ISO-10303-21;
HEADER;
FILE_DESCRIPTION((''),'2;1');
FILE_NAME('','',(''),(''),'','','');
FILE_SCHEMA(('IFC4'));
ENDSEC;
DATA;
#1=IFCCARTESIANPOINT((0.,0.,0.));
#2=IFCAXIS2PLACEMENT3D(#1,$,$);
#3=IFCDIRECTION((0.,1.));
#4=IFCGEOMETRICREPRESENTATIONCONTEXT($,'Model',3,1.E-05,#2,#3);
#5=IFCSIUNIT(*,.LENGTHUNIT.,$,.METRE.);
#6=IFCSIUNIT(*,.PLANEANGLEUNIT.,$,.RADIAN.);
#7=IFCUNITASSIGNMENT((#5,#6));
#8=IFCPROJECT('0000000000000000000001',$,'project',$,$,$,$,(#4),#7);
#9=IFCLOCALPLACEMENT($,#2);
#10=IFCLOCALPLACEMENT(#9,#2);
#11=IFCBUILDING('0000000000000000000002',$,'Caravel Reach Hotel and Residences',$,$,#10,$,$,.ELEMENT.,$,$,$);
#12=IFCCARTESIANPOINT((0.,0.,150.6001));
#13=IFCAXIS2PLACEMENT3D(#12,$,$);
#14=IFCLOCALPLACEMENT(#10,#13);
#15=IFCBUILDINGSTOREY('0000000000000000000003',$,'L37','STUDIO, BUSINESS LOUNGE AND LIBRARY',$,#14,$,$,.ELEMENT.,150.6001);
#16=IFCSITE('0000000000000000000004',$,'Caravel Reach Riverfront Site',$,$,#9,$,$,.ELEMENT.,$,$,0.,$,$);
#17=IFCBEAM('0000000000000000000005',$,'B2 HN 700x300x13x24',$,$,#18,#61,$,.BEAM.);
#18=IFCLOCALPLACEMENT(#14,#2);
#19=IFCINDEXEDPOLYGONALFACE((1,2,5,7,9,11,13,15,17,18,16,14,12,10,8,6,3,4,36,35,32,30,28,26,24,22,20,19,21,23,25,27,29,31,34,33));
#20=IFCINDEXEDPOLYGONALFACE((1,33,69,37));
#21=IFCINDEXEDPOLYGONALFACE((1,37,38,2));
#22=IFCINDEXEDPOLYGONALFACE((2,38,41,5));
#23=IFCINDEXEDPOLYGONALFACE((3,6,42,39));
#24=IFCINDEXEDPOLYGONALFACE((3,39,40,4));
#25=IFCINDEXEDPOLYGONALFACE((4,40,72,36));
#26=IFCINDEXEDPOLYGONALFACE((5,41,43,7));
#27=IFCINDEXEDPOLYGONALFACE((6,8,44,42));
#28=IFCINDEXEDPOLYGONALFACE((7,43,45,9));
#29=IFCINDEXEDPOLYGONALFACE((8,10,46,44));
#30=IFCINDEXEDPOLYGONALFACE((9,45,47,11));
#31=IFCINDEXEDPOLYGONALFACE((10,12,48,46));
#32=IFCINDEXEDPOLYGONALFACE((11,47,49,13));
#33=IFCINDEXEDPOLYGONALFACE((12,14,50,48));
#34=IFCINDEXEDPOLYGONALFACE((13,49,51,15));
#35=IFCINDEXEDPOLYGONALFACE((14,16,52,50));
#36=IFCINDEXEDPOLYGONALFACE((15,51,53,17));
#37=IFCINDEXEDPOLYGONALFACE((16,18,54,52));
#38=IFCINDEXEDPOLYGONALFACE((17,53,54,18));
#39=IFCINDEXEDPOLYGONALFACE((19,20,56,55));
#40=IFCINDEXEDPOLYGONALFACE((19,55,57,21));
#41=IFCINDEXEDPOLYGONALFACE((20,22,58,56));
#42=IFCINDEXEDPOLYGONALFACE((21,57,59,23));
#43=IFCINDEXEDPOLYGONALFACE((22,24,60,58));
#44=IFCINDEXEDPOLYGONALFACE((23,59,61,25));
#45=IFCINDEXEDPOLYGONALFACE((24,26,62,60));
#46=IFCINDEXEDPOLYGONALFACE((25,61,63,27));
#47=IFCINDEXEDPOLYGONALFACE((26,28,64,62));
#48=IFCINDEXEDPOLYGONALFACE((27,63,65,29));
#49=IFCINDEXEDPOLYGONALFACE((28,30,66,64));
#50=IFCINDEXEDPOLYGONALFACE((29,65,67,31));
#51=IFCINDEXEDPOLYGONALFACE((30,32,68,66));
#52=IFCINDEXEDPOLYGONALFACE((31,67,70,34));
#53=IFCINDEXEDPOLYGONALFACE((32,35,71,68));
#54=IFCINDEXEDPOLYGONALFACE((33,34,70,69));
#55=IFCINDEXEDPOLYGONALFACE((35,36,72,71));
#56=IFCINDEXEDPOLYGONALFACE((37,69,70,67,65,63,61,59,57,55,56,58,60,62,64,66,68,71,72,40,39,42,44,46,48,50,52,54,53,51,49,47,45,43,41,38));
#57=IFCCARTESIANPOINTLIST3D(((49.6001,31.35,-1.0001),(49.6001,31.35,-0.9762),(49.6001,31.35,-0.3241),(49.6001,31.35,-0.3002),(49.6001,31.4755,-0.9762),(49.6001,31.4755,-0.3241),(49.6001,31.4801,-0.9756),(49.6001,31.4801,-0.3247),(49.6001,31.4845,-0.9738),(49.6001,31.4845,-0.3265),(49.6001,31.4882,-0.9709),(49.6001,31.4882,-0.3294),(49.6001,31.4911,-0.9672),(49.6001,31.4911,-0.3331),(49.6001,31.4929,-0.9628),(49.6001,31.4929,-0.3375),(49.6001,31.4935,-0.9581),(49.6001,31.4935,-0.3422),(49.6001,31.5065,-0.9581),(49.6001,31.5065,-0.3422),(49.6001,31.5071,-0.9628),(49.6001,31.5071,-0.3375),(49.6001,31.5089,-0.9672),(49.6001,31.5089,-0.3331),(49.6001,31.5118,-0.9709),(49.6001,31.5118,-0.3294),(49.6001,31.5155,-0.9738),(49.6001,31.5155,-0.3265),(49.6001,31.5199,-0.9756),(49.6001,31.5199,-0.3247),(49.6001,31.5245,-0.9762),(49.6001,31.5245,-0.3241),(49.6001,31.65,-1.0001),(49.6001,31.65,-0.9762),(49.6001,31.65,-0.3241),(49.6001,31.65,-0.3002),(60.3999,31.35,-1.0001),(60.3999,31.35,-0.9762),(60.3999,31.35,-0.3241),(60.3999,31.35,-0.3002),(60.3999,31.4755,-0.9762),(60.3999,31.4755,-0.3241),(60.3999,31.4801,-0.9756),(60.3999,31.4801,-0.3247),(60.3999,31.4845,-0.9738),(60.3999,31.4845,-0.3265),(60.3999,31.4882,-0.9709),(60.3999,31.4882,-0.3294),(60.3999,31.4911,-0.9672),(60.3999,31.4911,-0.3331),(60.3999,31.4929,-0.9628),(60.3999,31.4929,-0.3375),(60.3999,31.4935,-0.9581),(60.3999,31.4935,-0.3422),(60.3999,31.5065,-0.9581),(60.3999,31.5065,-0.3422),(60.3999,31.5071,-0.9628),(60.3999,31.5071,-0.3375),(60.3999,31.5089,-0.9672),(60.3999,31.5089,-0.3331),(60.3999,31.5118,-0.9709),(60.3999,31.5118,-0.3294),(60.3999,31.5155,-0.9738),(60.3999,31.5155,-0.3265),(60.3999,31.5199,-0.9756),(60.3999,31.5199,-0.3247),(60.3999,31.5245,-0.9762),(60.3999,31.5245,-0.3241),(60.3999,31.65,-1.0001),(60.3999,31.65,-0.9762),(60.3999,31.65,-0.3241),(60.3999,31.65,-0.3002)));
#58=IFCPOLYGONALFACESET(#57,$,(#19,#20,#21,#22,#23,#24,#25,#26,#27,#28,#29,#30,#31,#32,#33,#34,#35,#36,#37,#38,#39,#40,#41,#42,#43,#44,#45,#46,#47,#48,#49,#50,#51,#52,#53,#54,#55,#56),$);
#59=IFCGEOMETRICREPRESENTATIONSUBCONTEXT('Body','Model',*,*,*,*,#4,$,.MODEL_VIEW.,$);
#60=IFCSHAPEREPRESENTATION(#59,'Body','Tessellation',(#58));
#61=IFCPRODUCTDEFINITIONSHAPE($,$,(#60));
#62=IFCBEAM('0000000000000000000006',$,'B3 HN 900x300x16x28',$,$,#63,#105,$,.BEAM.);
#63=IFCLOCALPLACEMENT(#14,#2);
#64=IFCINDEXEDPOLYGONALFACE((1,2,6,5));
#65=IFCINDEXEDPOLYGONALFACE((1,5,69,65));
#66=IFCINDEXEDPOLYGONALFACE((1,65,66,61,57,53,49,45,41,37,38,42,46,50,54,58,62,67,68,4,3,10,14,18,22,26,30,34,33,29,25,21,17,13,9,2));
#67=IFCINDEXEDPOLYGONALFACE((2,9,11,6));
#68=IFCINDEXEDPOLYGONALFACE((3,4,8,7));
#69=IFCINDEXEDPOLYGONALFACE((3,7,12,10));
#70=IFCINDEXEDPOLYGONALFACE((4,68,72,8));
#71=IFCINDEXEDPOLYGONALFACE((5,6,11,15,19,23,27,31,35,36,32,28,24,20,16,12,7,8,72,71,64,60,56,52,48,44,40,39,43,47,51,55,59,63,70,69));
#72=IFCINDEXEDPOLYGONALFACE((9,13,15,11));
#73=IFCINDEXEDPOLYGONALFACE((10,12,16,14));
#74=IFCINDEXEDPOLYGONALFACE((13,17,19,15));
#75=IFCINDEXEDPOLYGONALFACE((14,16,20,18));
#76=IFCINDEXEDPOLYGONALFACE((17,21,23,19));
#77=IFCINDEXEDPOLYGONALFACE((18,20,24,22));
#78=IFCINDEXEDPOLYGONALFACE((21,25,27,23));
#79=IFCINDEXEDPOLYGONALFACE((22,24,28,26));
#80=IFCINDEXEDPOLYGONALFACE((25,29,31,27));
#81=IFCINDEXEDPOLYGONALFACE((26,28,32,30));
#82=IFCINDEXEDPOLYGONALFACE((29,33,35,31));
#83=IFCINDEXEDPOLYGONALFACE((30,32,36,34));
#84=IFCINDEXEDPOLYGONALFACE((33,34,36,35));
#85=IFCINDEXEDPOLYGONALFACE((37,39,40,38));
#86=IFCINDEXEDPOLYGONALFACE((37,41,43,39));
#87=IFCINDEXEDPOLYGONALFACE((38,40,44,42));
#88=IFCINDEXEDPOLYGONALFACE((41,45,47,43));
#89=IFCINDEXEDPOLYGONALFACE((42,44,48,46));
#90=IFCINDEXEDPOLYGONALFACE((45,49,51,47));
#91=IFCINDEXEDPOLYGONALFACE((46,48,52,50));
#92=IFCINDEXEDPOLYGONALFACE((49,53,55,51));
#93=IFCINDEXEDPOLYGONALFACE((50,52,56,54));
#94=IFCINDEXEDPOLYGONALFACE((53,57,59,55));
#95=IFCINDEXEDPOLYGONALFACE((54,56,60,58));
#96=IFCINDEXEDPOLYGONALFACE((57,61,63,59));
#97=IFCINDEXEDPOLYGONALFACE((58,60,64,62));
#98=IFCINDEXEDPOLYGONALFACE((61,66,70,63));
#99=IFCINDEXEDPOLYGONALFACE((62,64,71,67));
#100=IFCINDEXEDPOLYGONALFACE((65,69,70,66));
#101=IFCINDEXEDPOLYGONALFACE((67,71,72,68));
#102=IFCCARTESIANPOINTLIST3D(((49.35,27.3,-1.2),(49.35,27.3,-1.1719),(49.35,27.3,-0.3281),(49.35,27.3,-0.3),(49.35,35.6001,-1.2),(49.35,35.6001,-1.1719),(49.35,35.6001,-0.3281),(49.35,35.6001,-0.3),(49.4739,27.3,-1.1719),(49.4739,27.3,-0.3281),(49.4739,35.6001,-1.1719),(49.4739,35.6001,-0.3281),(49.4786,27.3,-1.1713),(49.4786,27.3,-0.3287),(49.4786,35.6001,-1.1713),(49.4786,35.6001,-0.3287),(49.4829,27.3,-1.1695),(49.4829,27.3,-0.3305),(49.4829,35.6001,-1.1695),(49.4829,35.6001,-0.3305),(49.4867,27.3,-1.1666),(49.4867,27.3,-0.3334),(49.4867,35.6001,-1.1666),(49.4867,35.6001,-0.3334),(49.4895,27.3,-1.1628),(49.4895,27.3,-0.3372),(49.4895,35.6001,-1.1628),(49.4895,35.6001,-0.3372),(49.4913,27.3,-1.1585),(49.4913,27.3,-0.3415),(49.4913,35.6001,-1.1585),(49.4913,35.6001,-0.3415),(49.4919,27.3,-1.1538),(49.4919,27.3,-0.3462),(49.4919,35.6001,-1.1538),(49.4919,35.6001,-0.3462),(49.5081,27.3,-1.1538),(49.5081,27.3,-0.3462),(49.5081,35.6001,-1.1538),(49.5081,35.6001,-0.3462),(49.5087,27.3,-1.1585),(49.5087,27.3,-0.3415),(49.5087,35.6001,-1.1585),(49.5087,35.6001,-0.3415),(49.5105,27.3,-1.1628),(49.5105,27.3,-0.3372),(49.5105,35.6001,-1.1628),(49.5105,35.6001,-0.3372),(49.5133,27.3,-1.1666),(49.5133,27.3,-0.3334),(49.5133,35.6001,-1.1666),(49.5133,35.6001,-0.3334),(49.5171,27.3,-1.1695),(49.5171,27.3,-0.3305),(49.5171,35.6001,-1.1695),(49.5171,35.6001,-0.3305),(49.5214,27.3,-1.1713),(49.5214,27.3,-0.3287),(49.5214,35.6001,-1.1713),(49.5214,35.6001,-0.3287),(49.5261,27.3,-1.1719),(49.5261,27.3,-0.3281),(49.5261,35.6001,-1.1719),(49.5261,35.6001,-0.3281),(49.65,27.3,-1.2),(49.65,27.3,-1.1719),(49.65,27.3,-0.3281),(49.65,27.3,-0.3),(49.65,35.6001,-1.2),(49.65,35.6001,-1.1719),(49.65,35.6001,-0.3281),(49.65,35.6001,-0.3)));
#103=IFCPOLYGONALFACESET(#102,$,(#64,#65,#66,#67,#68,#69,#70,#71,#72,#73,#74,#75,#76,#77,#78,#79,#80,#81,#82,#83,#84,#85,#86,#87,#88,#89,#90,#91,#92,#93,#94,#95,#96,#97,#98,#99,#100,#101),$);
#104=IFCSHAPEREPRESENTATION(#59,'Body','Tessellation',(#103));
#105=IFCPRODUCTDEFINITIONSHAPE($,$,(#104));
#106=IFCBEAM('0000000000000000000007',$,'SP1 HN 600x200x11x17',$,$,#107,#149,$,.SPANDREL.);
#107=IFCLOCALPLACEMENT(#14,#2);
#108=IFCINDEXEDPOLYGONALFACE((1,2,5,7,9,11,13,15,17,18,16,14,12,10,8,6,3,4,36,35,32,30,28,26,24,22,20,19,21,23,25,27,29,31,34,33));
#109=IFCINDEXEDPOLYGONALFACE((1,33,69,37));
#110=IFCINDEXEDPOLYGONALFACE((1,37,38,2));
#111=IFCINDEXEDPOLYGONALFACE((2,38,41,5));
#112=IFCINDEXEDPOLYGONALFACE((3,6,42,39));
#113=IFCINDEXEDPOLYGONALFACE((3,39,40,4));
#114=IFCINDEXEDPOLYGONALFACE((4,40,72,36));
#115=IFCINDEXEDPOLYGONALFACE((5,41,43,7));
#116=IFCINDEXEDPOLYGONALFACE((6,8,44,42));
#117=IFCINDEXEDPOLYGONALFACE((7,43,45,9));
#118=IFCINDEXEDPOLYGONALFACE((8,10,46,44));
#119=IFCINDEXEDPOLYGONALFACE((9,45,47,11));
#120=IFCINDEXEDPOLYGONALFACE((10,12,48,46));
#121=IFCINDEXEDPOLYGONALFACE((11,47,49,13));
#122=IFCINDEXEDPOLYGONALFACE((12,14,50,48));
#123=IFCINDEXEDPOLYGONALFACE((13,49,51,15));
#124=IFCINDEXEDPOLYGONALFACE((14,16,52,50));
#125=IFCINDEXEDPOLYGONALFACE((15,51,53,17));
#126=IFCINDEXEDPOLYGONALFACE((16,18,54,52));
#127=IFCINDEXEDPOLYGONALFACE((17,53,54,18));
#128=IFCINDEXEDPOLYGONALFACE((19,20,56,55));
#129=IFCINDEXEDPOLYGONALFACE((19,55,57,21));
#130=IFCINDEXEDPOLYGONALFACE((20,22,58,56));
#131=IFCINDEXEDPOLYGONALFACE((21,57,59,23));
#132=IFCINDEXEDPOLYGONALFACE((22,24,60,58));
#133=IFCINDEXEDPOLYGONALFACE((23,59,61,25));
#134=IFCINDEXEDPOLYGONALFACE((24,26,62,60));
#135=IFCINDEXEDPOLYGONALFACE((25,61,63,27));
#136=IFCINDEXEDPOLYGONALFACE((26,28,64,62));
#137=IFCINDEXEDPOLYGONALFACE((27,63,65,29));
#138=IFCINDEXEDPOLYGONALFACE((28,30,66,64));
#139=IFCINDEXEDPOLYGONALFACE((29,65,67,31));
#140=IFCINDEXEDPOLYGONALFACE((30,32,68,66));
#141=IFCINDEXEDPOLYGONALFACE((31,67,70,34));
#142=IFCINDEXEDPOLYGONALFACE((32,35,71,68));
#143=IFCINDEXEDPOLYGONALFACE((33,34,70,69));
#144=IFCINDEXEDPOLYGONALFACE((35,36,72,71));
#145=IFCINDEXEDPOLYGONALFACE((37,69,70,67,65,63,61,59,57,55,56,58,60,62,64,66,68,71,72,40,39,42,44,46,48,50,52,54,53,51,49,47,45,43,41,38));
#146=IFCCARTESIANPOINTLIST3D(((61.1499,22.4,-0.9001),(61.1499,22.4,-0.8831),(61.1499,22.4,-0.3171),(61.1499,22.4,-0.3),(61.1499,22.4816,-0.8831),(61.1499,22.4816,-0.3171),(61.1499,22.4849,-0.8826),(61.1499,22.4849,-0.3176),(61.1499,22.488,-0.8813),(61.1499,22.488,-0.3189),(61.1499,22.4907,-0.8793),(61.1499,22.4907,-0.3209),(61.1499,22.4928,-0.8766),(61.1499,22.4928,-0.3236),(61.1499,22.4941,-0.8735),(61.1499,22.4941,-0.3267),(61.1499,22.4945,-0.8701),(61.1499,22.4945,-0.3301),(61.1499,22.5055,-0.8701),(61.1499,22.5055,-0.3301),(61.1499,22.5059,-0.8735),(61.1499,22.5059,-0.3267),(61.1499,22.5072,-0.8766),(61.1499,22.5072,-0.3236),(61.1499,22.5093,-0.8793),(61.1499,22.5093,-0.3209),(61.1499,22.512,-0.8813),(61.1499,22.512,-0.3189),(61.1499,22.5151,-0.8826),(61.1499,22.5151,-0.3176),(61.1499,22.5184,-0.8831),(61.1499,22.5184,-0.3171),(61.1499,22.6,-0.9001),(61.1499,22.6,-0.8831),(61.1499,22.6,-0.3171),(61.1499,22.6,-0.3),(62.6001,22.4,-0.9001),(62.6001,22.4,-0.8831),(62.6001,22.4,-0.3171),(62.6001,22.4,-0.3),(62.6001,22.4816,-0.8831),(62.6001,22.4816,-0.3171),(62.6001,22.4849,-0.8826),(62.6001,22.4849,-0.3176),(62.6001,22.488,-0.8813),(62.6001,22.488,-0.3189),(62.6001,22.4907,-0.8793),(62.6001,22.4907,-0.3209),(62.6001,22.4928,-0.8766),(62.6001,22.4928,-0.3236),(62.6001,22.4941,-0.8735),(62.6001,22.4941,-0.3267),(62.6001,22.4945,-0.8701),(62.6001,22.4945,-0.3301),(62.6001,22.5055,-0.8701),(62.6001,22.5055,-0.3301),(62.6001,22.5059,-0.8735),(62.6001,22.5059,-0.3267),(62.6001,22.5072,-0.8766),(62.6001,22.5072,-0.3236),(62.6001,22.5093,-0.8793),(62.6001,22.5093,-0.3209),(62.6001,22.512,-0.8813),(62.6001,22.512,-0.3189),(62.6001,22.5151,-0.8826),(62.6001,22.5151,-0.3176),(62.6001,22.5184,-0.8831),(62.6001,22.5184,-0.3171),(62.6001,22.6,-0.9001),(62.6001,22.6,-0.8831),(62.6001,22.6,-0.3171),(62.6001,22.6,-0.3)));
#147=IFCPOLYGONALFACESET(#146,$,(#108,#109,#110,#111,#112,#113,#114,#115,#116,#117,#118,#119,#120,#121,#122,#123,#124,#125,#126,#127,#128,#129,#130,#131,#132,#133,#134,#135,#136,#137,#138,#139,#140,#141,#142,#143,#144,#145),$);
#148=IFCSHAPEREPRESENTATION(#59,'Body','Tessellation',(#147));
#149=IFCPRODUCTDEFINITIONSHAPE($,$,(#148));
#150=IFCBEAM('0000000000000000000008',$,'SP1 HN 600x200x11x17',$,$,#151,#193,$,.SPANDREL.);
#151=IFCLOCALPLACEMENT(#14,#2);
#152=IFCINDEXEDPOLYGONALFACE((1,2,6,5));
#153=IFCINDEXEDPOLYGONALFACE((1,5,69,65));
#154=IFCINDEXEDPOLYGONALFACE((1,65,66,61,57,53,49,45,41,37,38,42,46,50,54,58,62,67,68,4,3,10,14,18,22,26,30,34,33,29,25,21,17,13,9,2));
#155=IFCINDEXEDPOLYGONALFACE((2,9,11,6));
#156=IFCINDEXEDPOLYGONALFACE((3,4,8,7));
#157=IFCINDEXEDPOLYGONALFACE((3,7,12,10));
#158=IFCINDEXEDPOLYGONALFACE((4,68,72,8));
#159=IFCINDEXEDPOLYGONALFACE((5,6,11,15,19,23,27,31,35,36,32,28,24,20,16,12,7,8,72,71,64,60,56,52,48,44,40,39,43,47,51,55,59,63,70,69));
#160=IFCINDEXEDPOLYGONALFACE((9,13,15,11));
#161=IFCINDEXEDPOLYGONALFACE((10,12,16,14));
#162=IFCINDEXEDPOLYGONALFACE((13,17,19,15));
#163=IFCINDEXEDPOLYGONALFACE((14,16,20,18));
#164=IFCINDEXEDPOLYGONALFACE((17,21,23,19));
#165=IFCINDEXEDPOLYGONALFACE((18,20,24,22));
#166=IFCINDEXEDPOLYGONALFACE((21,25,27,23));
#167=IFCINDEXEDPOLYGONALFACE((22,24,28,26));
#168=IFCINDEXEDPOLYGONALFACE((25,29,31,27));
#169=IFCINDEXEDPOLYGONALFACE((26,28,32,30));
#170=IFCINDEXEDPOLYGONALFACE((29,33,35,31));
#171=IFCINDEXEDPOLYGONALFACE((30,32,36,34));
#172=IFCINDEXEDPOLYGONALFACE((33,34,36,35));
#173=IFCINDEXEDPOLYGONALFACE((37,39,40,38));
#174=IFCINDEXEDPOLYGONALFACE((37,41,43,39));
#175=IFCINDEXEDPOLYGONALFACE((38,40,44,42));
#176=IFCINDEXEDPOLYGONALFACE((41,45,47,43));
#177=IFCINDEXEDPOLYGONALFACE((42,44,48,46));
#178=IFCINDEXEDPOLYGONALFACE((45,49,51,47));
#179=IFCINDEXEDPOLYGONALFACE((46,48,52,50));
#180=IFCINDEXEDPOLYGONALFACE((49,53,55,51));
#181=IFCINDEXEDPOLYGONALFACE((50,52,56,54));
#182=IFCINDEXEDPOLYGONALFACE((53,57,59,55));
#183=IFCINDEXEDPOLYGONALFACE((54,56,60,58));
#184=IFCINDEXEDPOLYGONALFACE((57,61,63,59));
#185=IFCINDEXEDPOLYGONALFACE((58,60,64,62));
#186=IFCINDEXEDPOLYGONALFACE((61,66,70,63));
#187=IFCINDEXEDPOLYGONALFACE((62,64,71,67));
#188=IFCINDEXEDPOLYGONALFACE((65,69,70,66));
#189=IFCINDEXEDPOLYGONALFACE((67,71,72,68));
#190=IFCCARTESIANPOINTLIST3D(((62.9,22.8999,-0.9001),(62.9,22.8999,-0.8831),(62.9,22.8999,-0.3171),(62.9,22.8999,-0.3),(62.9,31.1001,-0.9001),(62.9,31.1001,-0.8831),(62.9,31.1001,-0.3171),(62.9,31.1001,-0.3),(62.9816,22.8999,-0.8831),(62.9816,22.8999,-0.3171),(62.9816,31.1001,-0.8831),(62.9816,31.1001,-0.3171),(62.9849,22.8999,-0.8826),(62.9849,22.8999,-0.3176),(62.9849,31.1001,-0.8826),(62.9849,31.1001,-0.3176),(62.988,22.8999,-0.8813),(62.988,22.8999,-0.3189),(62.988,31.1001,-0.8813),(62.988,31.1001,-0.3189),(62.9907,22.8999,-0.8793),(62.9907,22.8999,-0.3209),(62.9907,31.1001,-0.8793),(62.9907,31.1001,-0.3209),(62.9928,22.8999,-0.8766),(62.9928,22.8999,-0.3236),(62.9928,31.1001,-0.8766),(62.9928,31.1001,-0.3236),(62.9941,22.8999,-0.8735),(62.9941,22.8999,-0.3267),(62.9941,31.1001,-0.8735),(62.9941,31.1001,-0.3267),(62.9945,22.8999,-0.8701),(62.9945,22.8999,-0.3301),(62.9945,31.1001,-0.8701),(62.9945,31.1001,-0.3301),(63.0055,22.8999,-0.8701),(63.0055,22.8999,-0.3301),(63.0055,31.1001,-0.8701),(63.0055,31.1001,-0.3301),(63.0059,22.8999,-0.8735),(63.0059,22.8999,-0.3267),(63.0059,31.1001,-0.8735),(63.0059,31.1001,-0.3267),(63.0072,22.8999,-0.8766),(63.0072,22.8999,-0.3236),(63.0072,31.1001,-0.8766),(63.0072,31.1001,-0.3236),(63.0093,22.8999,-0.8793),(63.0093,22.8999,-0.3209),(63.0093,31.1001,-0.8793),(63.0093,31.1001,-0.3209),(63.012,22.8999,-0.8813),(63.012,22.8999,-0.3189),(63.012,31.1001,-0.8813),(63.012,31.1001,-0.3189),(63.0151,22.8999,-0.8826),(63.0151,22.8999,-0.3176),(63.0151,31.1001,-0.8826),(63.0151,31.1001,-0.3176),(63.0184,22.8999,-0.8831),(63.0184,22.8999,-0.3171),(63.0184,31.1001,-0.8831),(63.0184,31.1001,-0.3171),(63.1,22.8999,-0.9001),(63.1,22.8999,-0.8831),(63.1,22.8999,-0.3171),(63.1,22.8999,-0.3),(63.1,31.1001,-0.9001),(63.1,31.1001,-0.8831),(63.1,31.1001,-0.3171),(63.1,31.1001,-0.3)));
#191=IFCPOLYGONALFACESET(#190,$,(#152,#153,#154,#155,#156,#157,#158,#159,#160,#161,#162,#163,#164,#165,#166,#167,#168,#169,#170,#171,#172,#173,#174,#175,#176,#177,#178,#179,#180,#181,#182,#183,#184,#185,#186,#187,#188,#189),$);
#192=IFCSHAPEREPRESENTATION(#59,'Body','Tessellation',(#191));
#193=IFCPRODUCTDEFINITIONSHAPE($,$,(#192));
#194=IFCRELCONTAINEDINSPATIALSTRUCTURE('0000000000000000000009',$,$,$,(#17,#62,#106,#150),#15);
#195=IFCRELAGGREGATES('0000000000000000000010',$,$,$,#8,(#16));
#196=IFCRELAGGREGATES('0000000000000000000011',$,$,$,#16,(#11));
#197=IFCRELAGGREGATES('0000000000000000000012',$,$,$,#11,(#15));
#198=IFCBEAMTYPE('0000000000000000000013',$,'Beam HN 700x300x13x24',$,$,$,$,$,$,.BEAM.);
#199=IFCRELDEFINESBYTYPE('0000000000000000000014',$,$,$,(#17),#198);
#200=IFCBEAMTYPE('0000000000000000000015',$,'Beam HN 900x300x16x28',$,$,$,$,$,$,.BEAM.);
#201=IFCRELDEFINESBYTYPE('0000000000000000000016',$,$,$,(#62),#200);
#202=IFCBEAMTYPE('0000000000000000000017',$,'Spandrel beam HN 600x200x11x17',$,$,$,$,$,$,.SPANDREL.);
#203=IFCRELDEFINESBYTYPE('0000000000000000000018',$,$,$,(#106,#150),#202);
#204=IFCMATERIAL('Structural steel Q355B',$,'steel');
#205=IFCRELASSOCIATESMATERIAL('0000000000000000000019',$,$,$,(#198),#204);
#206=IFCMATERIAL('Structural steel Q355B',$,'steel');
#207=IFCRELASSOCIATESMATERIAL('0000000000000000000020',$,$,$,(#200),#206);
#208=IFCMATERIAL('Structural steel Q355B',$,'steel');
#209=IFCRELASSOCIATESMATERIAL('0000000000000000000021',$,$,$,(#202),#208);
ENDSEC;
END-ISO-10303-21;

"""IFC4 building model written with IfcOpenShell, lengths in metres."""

from ifc_helpers import new_model, si_unit, direction, frame, origin, origin_2d, place, context, subcontext, project, spatial, i_section, extrude, material, material_profile, profile_set, type_object, element, save


model = new_model("IFC4")

# Units and contexts
model_context = context("Model", 3, precision=1e-05, world=origin(), true_north=direction((0.0, 1.0)))
body_context = subcontext(model_context, "Body", "Model", "MODEL_VIEW")
ifc_project = project(units=[si_unit("LENGTHUNIT", "METRE"), si_unit("PLANEANGLEUNIT", "RADIAN")], contexts=[model_context])

# Site, building, storey
site_placement = place(None, origin())
site = spatial("IfcSite", under=ifc_project, at=site_placement, Name="Caravel Reach Riverfront Site", CompositionType="ELEMENT", RefElevation=0.0)
building_placement = place(site_placement, origin())
building = spatial("IfcBuilding", under=site, at=building_placement, Name="Caravel Reach Hotel and Residences", CompositionType="ELEMENT")
storey_placement = place(building_placement, frame((0.0, 0.0, 150.6001)))
storey = spatial("IfcBuildingStorey", under=building, at=storey_placement, Name="L37", Description="STUDIO, BUSINESS LOUNGE AND LIBRARY", CompositionType="ELEMENT", Elevation=150.6001)

# Beams
ifc_material_1 = material(Name="Structural steel Q355B", Category="steel")
ifc_material_profile_1 = material_profile(ifc_material_1, i_section(OverallWidth=0.3, OverallDepth=0.7, WebThickness=0.0129, FlangeThickness=0.0239, FilletRadius=0.0181, at=origin_2d()), Name="HN 700x300x13x24")
ifc_profile_set_1 = profile_set([ifc_material_profile_1], Name="Structural steel Q355B")
beam_type_1 = type_object("IfcBeamType", Name="Beam HN 700x300x13x24", PredefinedType="BEAM", material=ifc_profile_set_1)
beam_1_placement = place(storey_placement, frame((49.6001, 31.5, -0.6501), z_axis=(1.0, 0.0, 0.0), x_axis=(0.0, 1.0, 0.0)))
element("IfcBeam", 1, at=beam_1_placement, inside=storey, type_object=beam_type_1, Name="B2 HN 700x300x13x24", PredefinedType="BEAM", context=body_context, shape_type="SweptSolid", body=[
    extrude(i_section(OverallWidth=0.3, OverallDepth=0.7, WebThickness=0.0129, FlangeThickness=0.0239, FilletRadius=0.0181, at=origin_2d()), origin(), (0.0, 0.0, 1.0), 10.7998),
])
ifc_material_2 = material(Name="Structural steel Q355B", Category="steel")
ifc_material_profile_2 = material_profile(ifc_material_2, i_section(OverallWidth=0.3, OverallDepth=0.8999, WebThickness=0.0161, FlangeThickness=0.0281, FilletRadius=0.0181, at=origin_2d()), Name="HN 900x300x16x28")
ifc_profile_set_2 = profile_set([ifc_material_profile_2], Name="Structural steel Q355B")
beam_type_2 = type_object("IfcBeamType", Name="Beam HN 900x300x16x28", PredefinedType="BEAM", material=ifc_profile_set_2)
beam_2_placement = place(storey_placement, frame((49.5, 27.3, -0.75), z_axis=(0.0, 1.0, 0.0), x_axis=(-1.0, 0.0, 0.0)))
element("IfcBeam", 2, at=beam_2_placement, inside=storey, type_object=beam_type_2, Name="B3 HN 900x300x16x28", PredefinedType="BEAM", context=body_context, shape_type="SweptSolid", body=[
    extrude(i_section(OverallWidth=0.3, OverallDepth=0.8999, WebThickness=0.0161, FlangeThickness=0.0281, FilletRadius=0.0181, at=origin_2d()), origin(), (0.0, 0.0, 1.0), 8.3),
])
ifc_material_3 = material(Name="Structural steel Q355B", Category="steel")
ifc_material_profile_3 = material_profile(ifc_material_3, i_section(OverallWidth=0.2, OverallDepth=0.6001, WebThickness=0.011, FlangeThickness=0.0171, FilletRadius=0.0129, at=origin_2d()), Name="HN 600x200x11x17")
ifc_profile_set_3 = profile_set([ifc_material_profile_3], Name="Structural steel Q355B")
beam_type_3 = type_object("IfcBeamType", Name="Spandrel beam HN 600x200x11x17", PredefinedType="SPANDREL", material=ifc_profile_set_3)
beam_3_placement = place(storey_placement, frame((61.1499, 22.5, -0.6001), z_axis=(1.0, 0.0, 0.0), x_axis=(0.0, 1.0, 0.0)))
element("IfcBeam", 3, at=beam_3_placement, inside=storey, type_object=beam_type_3, Name="SP1 HN 600x200x11x17", PredefinedType="SPANDREL", context=body_context, shape_type="SweptSolid", body=[
    extrude(i_section(OverallWidth=0.2, OverallDepth=0.6001, WebThickness=0.011, FlangeThickness=0.0171, FilletRadius=0.0129, at=origin_2d()), origin(), (0.0, 0.0, 1.0), 1.4502),
])
beam_4_placement = place(storey_placement, frame((63.0, 22.8999, -0.6001), z_axis=(0.0, 1.0, 0.0), x_axis=(-1.0, 0.0, 0.0)))
element("IfcBeam", 4, at=beam_4_placement, inside=storey, type_object=beam_type_3, Name="SP1 HN 600x200x11x17", PredefinedType="SPANDREL", context=body_context, shape_type="SweptSolid", body=[
    extrude(i_section(OverallWidth=0.2, OverallDepth=0.6001, WebThickness=0.011, FlangeThickness=0.0171, FilletRadius=0.0129, at=origin_2d()), origin(), (0.0, 0.0, 1.0), 8.2002),
])

save(model, "model.ifc")
